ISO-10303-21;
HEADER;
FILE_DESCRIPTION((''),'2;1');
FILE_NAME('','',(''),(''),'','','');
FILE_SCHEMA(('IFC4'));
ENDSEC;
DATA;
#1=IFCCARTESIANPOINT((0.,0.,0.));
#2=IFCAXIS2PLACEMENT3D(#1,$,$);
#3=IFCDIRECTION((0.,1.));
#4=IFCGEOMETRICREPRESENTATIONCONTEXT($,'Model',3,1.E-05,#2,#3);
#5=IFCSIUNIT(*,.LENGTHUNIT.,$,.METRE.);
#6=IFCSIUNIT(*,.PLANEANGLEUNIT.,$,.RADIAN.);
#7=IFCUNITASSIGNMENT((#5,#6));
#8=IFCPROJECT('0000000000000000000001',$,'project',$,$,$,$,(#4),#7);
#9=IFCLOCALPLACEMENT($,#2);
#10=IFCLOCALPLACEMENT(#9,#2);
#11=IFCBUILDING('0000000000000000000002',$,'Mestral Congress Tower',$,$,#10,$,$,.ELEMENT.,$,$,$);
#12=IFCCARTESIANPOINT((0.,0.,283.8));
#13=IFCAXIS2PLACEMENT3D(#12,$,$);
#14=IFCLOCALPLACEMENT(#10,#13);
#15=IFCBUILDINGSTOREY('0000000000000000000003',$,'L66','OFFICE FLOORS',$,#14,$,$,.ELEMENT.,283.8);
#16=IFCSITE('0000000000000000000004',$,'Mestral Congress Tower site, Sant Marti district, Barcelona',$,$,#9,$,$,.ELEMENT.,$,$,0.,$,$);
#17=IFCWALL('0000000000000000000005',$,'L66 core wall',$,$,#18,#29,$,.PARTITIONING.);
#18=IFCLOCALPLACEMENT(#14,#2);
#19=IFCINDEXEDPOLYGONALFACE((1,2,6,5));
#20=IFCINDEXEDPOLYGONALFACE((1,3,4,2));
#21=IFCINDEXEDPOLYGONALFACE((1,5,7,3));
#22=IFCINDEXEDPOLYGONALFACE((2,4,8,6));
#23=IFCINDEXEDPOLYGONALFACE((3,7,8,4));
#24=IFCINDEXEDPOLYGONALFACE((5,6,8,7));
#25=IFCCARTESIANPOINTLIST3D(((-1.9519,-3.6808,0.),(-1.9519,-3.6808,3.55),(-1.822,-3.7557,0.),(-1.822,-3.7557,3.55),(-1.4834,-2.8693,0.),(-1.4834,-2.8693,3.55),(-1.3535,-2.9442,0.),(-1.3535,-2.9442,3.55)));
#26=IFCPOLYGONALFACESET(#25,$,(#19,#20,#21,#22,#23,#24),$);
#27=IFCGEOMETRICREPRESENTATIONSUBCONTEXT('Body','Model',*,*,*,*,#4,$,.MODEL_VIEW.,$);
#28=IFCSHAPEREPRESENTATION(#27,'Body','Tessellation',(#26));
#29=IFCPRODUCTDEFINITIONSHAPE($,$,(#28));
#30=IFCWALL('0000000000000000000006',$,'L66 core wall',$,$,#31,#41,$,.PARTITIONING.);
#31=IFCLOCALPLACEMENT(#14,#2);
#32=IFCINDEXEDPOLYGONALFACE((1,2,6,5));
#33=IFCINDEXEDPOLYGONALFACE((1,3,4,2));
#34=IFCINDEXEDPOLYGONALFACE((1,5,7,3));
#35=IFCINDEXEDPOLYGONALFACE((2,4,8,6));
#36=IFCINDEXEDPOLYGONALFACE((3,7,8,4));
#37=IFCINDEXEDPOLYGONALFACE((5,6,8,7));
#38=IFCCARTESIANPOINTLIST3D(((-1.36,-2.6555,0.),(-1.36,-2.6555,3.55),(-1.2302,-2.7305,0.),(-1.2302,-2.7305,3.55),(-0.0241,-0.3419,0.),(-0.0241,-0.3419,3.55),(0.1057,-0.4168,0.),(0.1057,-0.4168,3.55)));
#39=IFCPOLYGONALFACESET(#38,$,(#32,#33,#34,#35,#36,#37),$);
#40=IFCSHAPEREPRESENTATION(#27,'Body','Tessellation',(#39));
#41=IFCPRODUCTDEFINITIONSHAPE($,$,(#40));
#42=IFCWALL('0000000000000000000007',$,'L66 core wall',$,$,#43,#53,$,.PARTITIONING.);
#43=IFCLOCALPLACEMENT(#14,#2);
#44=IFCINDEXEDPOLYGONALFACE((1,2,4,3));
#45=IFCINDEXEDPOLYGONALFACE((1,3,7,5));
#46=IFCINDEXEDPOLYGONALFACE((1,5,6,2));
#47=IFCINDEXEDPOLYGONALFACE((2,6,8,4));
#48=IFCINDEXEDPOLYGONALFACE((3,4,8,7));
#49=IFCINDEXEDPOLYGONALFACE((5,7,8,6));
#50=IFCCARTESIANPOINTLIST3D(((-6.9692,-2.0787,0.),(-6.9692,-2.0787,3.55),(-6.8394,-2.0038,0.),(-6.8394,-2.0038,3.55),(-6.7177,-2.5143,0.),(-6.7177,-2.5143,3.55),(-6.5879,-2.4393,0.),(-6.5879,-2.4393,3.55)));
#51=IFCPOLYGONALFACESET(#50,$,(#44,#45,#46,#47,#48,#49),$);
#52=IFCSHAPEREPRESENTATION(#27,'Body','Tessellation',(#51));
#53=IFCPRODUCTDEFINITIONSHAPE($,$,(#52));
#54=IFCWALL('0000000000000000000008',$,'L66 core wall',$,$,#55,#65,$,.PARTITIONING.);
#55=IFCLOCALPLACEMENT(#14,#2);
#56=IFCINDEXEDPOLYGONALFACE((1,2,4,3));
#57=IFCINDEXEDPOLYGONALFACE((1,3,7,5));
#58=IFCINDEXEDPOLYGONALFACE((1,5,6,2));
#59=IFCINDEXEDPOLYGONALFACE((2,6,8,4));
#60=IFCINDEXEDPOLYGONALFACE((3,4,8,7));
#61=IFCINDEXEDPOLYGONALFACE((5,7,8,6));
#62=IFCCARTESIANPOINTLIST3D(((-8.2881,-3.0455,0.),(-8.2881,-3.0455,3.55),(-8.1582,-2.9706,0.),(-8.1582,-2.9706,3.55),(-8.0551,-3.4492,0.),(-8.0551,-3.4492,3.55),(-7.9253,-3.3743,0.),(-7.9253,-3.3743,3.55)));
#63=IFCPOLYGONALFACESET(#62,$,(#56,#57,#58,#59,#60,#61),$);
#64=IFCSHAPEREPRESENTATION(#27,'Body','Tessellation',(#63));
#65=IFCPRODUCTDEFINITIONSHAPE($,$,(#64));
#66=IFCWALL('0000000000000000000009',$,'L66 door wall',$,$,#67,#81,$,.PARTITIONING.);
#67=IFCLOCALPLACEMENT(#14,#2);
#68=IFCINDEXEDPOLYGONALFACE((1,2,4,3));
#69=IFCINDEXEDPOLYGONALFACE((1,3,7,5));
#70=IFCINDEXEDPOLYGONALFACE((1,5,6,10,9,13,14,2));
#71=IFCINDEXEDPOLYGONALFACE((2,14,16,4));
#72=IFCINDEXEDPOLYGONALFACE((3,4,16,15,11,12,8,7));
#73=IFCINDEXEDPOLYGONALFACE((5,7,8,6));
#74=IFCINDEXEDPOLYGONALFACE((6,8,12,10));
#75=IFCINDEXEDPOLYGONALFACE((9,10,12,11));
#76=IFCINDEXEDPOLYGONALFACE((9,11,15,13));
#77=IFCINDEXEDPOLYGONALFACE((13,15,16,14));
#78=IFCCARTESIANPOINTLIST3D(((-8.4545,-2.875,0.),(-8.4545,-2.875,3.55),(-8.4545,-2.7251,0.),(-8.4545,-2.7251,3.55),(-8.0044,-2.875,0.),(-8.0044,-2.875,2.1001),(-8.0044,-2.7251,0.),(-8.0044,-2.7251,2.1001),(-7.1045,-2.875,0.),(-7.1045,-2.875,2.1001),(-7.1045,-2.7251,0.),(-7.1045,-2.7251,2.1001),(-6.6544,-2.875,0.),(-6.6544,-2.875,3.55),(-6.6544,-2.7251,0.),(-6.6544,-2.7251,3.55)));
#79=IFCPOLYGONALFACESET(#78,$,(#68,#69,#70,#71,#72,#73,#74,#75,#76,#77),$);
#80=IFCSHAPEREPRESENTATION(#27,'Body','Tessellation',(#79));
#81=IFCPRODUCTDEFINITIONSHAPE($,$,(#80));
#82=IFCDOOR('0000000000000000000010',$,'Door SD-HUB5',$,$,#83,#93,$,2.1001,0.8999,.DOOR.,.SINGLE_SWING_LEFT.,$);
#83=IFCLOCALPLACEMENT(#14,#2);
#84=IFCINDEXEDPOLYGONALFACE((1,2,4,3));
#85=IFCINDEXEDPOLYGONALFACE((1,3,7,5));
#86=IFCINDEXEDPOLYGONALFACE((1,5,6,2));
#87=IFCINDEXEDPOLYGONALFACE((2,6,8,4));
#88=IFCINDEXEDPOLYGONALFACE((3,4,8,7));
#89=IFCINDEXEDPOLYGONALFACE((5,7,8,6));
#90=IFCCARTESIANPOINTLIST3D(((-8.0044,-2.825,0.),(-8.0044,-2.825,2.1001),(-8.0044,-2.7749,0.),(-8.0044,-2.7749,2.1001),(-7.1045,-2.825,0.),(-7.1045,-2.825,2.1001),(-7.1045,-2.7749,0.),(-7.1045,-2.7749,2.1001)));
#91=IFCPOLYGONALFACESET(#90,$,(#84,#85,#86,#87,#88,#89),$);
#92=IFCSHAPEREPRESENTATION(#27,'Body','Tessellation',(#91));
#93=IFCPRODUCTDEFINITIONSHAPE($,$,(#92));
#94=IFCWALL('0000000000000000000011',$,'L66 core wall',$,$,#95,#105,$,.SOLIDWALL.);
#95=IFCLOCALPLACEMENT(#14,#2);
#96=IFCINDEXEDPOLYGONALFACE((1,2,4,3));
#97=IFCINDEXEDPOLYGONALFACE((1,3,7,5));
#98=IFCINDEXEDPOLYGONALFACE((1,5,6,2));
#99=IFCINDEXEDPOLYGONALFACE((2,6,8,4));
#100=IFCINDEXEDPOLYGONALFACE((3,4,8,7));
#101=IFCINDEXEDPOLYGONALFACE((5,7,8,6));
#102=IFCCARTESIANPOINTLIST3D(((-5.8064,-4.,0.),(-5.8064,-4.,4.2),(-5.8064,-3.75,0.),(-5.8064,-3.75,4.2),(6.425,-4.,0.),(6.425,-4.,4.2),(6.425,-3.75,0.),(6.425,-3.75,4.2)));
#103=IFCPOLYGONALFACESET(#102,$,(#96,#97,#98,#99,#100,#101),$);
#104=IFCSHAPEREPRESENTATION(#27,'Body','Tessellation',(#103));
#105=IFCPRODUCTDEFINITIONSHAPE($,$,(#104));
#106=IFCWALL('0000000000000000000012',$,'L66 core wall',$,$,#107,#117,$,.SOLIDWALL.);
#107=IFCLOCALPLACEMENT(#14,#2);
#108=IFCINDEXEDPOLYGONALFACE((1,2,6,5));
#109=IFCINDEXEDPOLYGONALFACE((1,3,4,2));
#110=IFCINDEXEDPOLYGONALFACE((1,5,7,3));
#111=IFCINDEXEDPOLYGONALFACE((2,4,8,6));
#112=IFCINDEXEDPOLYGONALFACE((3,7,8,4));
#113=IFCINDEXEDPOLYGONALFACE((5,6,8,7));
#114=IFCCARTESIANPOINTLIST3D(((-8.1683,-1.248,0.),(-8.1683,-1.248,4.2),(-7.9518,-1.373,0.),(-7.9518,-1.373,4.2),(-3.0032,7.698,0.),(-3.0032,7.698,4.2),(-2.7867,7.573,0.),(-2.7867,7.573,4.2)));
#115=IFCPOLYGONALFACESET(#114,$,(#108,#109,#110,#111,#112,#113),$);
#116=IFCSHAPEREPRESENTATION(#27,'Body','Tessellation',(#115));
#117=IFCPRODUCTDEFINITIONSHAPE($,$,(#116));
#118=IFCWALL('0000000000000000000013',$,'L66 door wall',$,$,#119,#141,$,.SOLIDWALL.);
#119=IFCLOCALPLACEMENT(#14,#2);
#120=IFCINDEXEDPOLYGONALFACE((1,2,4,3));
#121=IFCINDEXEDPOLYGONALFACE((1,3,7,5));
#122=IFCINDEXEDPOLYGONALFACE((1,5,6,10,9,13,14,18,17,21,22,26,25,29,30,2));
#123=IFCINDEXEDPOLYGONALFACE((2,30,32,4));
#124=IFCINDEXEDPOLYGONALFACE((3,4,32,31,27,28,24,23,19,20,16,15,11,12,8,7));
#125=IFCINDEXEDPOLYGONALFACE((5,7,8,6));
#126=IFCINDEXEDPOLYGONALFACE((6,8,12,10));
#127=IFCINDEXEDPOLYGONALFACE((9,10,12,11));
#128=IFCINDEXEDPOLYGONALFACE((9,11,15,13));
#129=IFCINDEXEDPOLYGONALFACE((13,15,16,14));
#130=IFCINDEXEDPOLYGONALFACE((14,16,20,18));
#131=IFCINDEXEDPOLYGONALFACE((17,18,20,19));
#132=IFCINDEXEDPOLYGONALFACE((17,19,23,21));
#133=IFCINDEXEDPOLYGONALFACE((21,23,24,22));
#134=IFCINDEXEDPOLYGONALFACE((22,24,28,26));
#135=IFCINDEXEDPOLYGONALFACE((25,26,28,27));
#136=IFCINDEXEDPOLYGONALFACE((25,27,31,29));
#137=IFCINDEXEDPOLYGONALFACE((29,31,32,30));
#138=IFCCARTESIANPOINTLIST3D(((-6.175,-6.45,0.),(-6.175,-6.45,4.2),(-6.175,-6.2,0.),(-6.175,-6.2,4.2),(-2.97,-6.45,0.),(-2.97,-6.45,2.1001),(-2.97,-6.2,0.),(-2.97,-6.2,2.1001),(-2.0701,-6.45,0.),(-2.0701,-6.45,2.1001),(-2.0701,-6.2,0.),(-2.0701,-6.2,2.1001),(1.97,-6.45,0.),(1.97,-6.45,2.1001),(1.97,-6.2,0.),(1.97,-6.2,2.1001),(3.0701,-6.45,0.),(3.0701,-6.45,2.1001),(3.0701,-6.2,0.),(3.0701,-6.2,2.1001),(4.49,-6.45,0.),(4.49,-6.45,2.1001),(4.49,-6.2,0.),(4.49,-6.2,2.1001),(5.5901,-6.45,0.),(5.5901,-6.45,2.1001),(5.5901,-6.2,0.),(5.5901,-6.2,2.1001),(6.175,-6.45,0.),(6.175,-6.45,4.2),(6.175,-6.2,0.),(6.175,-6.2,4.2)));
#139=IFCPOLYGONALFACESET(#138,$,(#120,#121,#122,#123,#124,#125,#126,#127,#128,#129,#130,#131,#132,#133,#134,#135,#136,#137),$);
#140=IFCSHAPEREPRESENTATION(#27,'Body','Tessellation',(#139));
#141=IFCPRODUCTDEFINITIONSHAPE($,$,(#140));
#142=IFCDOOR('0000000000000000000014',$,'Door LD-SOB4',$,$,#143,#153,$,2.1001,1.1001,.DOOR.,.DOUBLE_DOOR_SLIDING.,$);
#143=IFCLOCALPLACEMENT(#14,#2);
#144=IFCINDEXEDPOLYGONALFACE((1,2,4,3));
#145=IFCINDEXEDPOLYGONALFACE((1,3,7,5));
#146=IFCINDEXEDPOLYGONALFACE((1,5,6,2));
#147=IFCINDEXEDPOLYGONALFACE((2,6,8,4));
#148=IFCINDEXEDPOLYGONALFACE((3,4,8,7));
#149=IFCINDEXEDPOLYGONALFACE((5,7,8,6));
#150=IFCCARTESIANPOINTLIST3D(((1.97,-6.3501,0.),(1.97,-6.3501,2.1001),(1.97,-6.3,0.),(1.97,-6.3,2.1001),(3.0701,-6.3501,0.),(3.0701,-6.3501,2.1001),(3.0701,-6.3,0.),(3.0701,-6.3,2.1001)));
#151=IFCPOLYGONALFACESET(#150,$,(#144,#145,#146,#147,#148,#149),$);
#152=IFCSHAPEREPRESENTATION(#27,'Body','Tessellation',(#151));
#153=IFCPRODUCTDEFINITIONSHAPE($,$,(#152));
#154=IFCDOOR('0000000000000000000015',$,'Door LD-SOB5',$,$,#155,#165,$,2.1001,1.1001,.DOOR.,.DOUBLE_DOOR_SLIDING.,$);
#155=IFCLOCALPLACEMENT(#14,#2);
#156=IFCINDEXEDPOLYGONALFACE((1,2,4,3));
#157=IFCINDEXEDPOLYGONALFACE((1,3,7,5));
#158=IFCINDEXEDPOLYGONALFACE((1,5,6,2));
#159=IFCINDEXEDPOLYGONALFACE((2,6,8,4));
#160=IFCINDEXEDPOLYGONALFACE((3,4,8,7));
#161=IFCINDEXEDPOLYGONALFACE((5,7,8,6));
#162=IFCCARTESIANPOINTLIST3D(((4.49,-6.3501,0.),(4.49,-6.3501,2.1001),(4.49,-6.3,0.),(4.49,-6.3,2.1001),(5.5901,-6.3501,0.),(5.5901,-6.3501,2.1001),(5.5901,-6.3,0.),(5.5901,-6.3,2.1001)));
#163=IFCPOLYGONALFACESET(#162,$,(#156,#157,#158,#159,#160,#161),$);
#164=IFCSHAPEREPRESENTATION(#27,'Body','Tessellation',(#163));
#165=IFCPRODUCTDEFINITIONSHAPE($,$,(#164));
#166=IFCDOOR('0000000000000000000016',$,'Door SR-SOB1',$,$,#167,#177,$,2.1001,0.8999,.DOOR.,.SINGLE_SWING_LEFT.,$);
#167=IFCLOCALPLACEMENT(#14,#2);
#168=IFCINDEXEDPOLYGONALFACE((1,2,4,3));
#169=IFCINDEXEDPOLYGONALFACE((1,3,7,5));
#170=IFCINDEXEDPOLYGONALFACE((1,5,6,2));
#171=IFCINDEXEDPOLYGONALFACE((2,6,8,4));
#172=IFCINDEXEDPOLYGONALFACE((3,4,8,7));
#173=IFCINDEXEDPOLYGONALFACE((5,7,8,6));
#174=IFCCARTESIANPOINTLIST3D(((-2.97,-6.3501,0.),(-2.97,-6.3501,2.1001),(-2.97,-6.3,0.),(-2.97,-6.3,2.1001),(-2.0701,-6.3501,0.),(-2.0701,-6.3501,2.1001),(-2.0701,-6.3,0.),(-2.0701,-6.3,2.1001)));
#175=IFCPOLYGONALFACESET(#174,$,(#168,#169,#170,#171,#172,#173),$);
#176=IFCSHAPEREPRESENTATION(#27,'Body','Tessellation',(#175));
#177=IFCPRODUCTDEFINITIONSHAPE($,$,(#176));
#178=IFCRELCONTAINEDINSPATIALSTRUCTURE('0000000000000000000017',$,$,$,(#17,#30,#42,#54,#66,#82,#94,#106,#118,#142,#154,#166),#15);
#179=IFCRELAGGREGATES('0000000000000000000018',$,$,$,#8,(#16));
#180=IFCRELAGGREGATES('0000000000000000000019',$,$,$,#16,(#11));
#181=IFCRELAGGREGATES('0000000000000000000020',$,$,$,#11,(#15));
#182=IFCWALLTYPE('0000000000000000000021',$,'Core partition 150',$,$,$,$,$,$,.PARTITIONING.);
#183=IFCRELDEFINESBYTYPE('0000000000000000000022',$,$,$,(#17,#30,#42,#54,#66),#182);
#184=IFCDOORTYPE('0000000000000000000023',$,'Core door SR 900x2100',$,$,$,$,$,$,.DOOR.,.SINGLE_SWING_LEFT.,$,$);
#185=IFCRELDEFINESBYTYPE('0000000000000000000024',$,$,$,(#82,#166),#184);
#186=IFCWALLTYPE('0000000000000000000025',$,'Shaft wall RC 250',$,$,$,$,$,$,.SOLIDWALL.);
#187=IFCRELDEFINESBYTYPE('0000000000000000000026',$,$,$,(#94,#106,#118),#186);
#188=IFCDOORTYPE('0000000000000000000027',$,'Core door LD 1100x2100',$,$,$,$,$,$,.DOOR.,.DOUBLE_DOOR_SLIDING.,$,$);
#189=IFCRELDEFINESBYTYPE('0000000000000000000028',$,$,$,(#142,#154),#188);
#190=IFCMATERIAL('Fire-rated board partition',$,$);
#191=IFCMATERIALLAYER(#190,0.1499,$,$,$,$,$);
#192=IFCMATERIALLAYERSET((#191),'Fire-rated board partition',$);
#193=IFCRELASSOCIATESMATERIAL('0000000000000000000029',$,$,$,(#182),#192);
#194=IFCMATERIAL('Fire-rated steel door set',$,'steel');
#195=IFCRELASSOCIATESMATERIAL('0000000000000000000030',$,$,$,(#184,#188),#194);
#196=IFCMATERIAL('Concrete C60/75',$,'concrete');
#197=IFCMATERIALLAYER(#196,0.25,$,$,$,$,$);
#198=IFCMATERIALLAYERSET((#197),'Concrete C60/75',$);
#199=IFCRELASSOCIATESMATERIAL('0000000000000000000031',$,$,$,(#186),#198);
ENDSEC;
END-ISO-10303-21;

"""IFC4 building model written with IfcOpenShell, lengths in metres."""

from ifc_helpers import new_model, si_unit, direction, frame, frame_2d, origin, place, context, subcontext, project, spatial, rectangle, extrude, material, layer, layer_set, type_object, element, fill, save


model = new_model("IFC4")

# Units and contexts
model_context = context("Model", 3, precision=1e-05, world=origin(), true_north=direction((0.0, 1.0)))
body_context = subcontext(model_context, "Body", "Model", "MODEL_VIEW")
ifc_project = project(units=[si_unit("LENGTHUNIT", "METRE"), si_unit("PLANEANGLEUNIT", "RADIAN")], contexts=[model_context])

# Site, building, storey
site_placement = place(None, origin())
site = spatial("IfcSite", under=ifc_project, at=site_placement, Name="Mestral Congress Tower site, Sant Marti district, Barcelona", CompositionType="ELEMENT", RefElevation=0.0)
building_placement = place(site_placement, origin())
building = spatial("IfcBuilding", under=site, at=building_placement, Name="Mestral Congress Tower", CompositionType="ELEMENT")
storey_placement = place(building_placement, frame((0.0, 0.0, 283.8)))
storey = spatial("IfcBuildingStorey", under=building, at=storey_placement, Name="L66", Description="OFFICE FLOORS", CompositionType="ELEMENT", Elevation=283.8)

# Walls
ifc_material_1 = material(Name="Fire-rated board partition")
ifc_layer_1 = layer(ifc_material_1, 0.1499)
ifc_layer_set_1 = layer_set([ifc_layer_1], Name="Fire-rated board partition")
wall_type_1 = type_object("IfcWallType", Name="Core partition 150", PredefinedType="PARTITIONING", material=ifc_layer_set_1)
wall_1_placement = place(storey_placement, frame((-1.4185, -2.9067, 0.0), z_axis=(0.0, 0.0, 1.0), x_axis=(-0.499978, -0.866038, 0.0)))
element("IfcWall", 1, at=wall_1_placement, inside=storey, type_object=wall_type_1, Name="L66 core wall", PredefinedType="PARTITIONING", context=body_context, shape_type="SweptSolid", body=[
    extrude(rectangle(XDim=0.937, YDim=0.1499, at=frame_2d((0.4685, 0.0))), origin(), (0.0, 0.0, 1.0), 3.55),
])
wall_2_placement = place(storey_placement, frame((-1.2952, -2.6931, 0.0), z_axis=(0.0, 0.0, 1.0), x_axis=(0.500031, 0.866008, 0.0)))
element("IfcWall", 2, at=wall_2_placement, inside=storey, type_object=wall_type_1, Name="L66 core wall", PredefinedType="PARTITIONING", context=body_context, shape_type="SweptSolid", body=[
    extrude(rectangle(XDim=2.6716, YDim=0.1499, at=frame_2d((1.3359, 0.0))), origin(), (0.0, 0.0, 1.0), 3.55),
])
wall_3_placement = place(storey_placement, frame((-6.6528, -2.4768, 0.0), z_axis=(0.0, 0.0, 1.0), x_axis=(-0.500003, 0.866024, 0.0)))
element("IfcWall", 3, at=wall_3_placement, inside=storey, type_object=wall_type_1, Name="L66 core wall", PredefinedType="PARTITIONING", context=body_context, shape_type="SweptSolid", body=[
    extrude(rectangle(XDim=0.5029, YDim=0.1499, at=frame_2d((0.2515, 0.0))), origin(), (0.0, 0.0, 1.0), 3.55),
])
wall_4_placement = place(storey_placement, frame((-7.9902, -3.4116, 0.0), z_axis=(0.0, 0.0, 1.0), x_axis=(-0.499859, 0.866107, 0.0)))
element("IfcWall", 4, at=wall_4_placement, inside=storey, type_object=wall_type_1, Name="L66 core wall", PredefinedType="PARTITIONING", context=body_context, shape_type="SweptSolid", body=[
    extrude(rectangle(XDim=0.4661, YDim=0.1499, at=frame_2d((0.2329, 0.0))), origin(), (0.0, 0.0, 1.0), 3.55),
])

# Wall, opening, door
wall_5_placement = place(storey_placement, frame((-6.6545, -2.8, 0.0), z_axis=(0.0, 0.0, 1.0), x_axis=(-1.0, 0.0, 0.0)))
wall_5 = element("IfcWall", 5, at=wall_5_placement, inside=storey, type_object=wall_type_1, Name="L66 door wall", PredefinedType="PARTITIONING", context=body_context, shape_type="SweptSolid", body=[
    extrude(rectangle(XDim=1.8, YDim=0.1499, at=frame_2d((0.8999, 0.0))), origin(), (0.0, 0.0, 1.0), 3.55),
])
opening_1_placement = place(wall_5_placement, frame((0.45, 0.0, 0.0)))
opening_1 = element("IfcOpeningElement", 6, at=opening_1_placement, cuts=wall_5, PredefinedType="OPENING", context=body_context, shape_type="SweptSolid", body=[
    extrude(rectangle(XDim=0.8999, YDim=2.1001, at=frame_2d((0.45, 1.05))), frame((0.0, 0.085, 0.0), z_axis=(0.0, -1.0, 0.0), x_axis=(1.0, 0.0, 0.0)), (0.0, 0.0, 1.0), 0.1699),
])
ifc_material_2 = material(Name="Fire-rated steel door set", Category="steel")
door_type_1 = type_object("IfcDoorType", Name="Core door SR 900x2100", OperationType="SINGLE_SWING_LEFT", PredefinedType="DOOR", material=ifc_material_2)
door_1_placement = place(opening_1_placement, origin())
door_1 = element("IfcDoor", 7, at=door_1_placement, inside=storey, type_object=door_type_1, Name="Door SD-HUB5", OperationType="SINGLE_SWING_LEFT", OverallHeight=2.1001, OverallWidth=0.8999, PredefinedType="DOOR", context=body_context, shape_type="SweptSolid", body=[
    extrude(rectangle(XDim=0.8999, YDim=2.1001, at=frame_2d((0.45, 1.05))), frame((0.0, 0.0249, 0.0), z_axis=(0.0, -1.0, 0.0), x_axis=(1.0, 0.0, 0.0)), (0.0, 0.0, 1.0), 0.05),
])
fill(opening_1, door_1)

# Walls
ifc_material_3 = material(Name="Concrete C60/75", Category="concrete")
ifc_layer_2 = layer(ifc_material_3, 0.25)
ifc_layer_set_2 = layer_set([ifc_layer_2], Name="Concrete C60/75")
wall_type_2 = type_object("IfcWallType", Name="Shaft wall RC 250", PredefinedType="SOLIDWALL", material=ifc_layer_set_2)
wall_6_placement = place(storey_placement, frame((-5.8064, -3.875, 0.0), z_axis=(0.0, 0.0, 1.0), x_axis=(1.0, 0.0, 0.0)))
element("IfcWall", 8, at=wall_6_placement, inside=storey, type_object=wall_type_2, Name="L66 core wall", PredefinedType="SOLIDWALL", context=body_context, shape_type="SweptSolid", body=[
    extrude(rectangle(XDim=12.2314, YDim=0.25, at=frame_2d((6.1157, 0.0))), origin(), (0.0, 0.0, 1.0), 4.2),
])
wall_7_placement = place(storey_placement, frame((-8.0601, -1.3105, 0.0), z_axis=(0.0, 0.0, 1.0), x_axis=(0.500003, 0.866024, 0.0)))
element("IfcWall", 9, at=wall_7_placement, inside=storey, type_object=wall_type_2, Name="L66 core wall", PredefinedType="SOLIDWALL", context=body_context, shape_type="SweptSolid", body=[
    extrude(rectangle(XDim=10.3301, YDim=0.25, at=frame_2d((5.165, 0.0))), origin(), (0.0, 0.0, 1.0), 4.2),
])

# Wall, openings, doors
wall_8_placement = place(storey_placement, frame((-6.175, -6.325, 0.0), z_axis=(0.0, 0.0, 1.0), x_axis=(1.0, 0.0, 0.0)))
wall_8 = element("IfcWall", 10, at=wall_8_placement, inside=storey, type_object=wall_type_2, Name="L66 door wall", PredefinedType="SOLIDWALL", context=body_context, shape_type="SweptSolid", body=[
    extrude(rectangle(XDim=12.3501, YDim=0.25, at=frame_2d((6.175, 0.0))), origin(), (0.0, 0.0, 1.0), 4.2),
])
opening_2_placement = place(wall_8_placement, frame((3.2051, 0.0, 0.0)))
opening_2 = element("IfcOpeningElement", 11, at=opening_2_placement, cuts=wall_8, PredefinedType="OPENING", context=body_context, shape_type="SweptSolid", body=[
    extrude(rectangle(XDim=0.8999, YDim=2.1001, at=frame_2d((0.45, 1.05))), frame((0.0, 0.135, 0.0), z_axis=(0.0, -1.0, 0.0), x_axis=(1.0, 0.0, 0.0)), (0.0, 0.0, 1.0), 0.27),
])
opening_3_placement = place(wall_8_placement, frame((8.145, 0.0, 0.0)))
opening_3 = element("IfcOpeningElement", 12, at=opening_3_placement, cuts=wall_8, PredefinedType="OPENING", context=body_context, shape_type="SweptSolid", body=[
    extrude(rectangle(XDim=1.1001, YDim=2.1001, at=frame_2d((0.55, 1.05))), frame((0.0, 0.135, 0.0), z_axis=(0.0, -1.0, 0.0), x_axis=(1.0, 0.0, 0.0)), (0.0, 0.0, 1.0), 0.27),
])
opening_4_placement = place(wall_8_placement, frame((10.665, 0.0, 0.0)))
opening_4 = element("IfcOpeningElement", 13, at=opening_4_placement, cuts=wall_8, PredefinedType="OPENING", context=body_context, shape_type="SweptSolid", body=[
    extrude(rectangle(XDim=1.1001, YDim=2.1001, at=frame_2d((0.55, 1.05))), frame((0.0, 0.135, 0.0), z_axis=(0.0, -1.0, 0.0), x_axis=(1.0, 0.0, 0.0)), (0.0, 0.0, 1.0), 0.27),
])
door_type_2 = type_object("IfcDoorType", Name="Core door LD 1100x2100", OperationType="DOUBLE_DOOR_SLIDING", PredefinedType="DOOR", material=ifc_material_2)
door_2_placement = place(opening_3_placement, origin())
door_2 = element("IfcDoor", 14, at=door_2_placement, inside=storey, type_object=door_type_2, Name="Door LD-SOB4", OperationType="DOUBLE_DOOR_SLIDING", OverallHeight=2.1001, OverallWidth=1.1001, PredefinedType="DOOR", context=body_context, shape_type="SweptSolid", body=[
    extrude(rectangle(XDim=1.1001, YDim=2.1001, at=frame_2d((0.55, 1.05))), frame((0.0, 0.0249, 0.0), z_axis=(0.0, -1.0, 0.0), x_axis=(1.0, 0.0, 0.0)), (0.0, 0.0, 1.0), 0.05),
])
fill(opening_3, door_2)
door_3_placement = place(opening_4_placement, origin())
door_3 = element("IfcDoor", 15, at=door_3_placement, inside=storey, type_object=door_type_2, Name="Door LD-SOB5", OperationType="DOUBLE_DOOR_SLIDING", OverallHeight=2.1001, OverallWidth=1.1001, PredefinedType="DOOR", context=body_context, shape_type="SweptSolid", body=[
    extrude(rectangle(XDim=1.1001, YDim=2.1001, at=frame_2d((0.55, 1.05))), frame((0.0, 0.0249, 0.0), z_axis=(0.0, -1.0, 0.0), x_axis=(1.0, 0.0, 0.0)), (0.0, 0.0, 1.0), 0.05),
])
fill(opening_4, door_3)
door_4_placement = place(opening_2_placement, origin())
door_4 = element("IfcDoor", 16, at=door_4_placement, inside=storey, type_object=door_type_1, Name="Door SR-SOB1", OperationType="SINGLE_SWING_LEFT", OverallHeight=2.1001, OverallWidth=0.8999, PredefinedType="DOOR", context=body_context, shape_type="SweptSolid", body=[
    extrude(rectangle(XDim=0.8999, YDim=2.1001, at=frame_2d((0.45, 1.05))), frame((0.0, 0.0249, 0.0), z_axis=(0.0, -1.0, 0.0), x_axis=(1.0, 0.0, 0.0)), (0.0, 0.0, 1.0), 0.05),
])
fill(opening_2, door_4)

save(model, "model.ifc")
